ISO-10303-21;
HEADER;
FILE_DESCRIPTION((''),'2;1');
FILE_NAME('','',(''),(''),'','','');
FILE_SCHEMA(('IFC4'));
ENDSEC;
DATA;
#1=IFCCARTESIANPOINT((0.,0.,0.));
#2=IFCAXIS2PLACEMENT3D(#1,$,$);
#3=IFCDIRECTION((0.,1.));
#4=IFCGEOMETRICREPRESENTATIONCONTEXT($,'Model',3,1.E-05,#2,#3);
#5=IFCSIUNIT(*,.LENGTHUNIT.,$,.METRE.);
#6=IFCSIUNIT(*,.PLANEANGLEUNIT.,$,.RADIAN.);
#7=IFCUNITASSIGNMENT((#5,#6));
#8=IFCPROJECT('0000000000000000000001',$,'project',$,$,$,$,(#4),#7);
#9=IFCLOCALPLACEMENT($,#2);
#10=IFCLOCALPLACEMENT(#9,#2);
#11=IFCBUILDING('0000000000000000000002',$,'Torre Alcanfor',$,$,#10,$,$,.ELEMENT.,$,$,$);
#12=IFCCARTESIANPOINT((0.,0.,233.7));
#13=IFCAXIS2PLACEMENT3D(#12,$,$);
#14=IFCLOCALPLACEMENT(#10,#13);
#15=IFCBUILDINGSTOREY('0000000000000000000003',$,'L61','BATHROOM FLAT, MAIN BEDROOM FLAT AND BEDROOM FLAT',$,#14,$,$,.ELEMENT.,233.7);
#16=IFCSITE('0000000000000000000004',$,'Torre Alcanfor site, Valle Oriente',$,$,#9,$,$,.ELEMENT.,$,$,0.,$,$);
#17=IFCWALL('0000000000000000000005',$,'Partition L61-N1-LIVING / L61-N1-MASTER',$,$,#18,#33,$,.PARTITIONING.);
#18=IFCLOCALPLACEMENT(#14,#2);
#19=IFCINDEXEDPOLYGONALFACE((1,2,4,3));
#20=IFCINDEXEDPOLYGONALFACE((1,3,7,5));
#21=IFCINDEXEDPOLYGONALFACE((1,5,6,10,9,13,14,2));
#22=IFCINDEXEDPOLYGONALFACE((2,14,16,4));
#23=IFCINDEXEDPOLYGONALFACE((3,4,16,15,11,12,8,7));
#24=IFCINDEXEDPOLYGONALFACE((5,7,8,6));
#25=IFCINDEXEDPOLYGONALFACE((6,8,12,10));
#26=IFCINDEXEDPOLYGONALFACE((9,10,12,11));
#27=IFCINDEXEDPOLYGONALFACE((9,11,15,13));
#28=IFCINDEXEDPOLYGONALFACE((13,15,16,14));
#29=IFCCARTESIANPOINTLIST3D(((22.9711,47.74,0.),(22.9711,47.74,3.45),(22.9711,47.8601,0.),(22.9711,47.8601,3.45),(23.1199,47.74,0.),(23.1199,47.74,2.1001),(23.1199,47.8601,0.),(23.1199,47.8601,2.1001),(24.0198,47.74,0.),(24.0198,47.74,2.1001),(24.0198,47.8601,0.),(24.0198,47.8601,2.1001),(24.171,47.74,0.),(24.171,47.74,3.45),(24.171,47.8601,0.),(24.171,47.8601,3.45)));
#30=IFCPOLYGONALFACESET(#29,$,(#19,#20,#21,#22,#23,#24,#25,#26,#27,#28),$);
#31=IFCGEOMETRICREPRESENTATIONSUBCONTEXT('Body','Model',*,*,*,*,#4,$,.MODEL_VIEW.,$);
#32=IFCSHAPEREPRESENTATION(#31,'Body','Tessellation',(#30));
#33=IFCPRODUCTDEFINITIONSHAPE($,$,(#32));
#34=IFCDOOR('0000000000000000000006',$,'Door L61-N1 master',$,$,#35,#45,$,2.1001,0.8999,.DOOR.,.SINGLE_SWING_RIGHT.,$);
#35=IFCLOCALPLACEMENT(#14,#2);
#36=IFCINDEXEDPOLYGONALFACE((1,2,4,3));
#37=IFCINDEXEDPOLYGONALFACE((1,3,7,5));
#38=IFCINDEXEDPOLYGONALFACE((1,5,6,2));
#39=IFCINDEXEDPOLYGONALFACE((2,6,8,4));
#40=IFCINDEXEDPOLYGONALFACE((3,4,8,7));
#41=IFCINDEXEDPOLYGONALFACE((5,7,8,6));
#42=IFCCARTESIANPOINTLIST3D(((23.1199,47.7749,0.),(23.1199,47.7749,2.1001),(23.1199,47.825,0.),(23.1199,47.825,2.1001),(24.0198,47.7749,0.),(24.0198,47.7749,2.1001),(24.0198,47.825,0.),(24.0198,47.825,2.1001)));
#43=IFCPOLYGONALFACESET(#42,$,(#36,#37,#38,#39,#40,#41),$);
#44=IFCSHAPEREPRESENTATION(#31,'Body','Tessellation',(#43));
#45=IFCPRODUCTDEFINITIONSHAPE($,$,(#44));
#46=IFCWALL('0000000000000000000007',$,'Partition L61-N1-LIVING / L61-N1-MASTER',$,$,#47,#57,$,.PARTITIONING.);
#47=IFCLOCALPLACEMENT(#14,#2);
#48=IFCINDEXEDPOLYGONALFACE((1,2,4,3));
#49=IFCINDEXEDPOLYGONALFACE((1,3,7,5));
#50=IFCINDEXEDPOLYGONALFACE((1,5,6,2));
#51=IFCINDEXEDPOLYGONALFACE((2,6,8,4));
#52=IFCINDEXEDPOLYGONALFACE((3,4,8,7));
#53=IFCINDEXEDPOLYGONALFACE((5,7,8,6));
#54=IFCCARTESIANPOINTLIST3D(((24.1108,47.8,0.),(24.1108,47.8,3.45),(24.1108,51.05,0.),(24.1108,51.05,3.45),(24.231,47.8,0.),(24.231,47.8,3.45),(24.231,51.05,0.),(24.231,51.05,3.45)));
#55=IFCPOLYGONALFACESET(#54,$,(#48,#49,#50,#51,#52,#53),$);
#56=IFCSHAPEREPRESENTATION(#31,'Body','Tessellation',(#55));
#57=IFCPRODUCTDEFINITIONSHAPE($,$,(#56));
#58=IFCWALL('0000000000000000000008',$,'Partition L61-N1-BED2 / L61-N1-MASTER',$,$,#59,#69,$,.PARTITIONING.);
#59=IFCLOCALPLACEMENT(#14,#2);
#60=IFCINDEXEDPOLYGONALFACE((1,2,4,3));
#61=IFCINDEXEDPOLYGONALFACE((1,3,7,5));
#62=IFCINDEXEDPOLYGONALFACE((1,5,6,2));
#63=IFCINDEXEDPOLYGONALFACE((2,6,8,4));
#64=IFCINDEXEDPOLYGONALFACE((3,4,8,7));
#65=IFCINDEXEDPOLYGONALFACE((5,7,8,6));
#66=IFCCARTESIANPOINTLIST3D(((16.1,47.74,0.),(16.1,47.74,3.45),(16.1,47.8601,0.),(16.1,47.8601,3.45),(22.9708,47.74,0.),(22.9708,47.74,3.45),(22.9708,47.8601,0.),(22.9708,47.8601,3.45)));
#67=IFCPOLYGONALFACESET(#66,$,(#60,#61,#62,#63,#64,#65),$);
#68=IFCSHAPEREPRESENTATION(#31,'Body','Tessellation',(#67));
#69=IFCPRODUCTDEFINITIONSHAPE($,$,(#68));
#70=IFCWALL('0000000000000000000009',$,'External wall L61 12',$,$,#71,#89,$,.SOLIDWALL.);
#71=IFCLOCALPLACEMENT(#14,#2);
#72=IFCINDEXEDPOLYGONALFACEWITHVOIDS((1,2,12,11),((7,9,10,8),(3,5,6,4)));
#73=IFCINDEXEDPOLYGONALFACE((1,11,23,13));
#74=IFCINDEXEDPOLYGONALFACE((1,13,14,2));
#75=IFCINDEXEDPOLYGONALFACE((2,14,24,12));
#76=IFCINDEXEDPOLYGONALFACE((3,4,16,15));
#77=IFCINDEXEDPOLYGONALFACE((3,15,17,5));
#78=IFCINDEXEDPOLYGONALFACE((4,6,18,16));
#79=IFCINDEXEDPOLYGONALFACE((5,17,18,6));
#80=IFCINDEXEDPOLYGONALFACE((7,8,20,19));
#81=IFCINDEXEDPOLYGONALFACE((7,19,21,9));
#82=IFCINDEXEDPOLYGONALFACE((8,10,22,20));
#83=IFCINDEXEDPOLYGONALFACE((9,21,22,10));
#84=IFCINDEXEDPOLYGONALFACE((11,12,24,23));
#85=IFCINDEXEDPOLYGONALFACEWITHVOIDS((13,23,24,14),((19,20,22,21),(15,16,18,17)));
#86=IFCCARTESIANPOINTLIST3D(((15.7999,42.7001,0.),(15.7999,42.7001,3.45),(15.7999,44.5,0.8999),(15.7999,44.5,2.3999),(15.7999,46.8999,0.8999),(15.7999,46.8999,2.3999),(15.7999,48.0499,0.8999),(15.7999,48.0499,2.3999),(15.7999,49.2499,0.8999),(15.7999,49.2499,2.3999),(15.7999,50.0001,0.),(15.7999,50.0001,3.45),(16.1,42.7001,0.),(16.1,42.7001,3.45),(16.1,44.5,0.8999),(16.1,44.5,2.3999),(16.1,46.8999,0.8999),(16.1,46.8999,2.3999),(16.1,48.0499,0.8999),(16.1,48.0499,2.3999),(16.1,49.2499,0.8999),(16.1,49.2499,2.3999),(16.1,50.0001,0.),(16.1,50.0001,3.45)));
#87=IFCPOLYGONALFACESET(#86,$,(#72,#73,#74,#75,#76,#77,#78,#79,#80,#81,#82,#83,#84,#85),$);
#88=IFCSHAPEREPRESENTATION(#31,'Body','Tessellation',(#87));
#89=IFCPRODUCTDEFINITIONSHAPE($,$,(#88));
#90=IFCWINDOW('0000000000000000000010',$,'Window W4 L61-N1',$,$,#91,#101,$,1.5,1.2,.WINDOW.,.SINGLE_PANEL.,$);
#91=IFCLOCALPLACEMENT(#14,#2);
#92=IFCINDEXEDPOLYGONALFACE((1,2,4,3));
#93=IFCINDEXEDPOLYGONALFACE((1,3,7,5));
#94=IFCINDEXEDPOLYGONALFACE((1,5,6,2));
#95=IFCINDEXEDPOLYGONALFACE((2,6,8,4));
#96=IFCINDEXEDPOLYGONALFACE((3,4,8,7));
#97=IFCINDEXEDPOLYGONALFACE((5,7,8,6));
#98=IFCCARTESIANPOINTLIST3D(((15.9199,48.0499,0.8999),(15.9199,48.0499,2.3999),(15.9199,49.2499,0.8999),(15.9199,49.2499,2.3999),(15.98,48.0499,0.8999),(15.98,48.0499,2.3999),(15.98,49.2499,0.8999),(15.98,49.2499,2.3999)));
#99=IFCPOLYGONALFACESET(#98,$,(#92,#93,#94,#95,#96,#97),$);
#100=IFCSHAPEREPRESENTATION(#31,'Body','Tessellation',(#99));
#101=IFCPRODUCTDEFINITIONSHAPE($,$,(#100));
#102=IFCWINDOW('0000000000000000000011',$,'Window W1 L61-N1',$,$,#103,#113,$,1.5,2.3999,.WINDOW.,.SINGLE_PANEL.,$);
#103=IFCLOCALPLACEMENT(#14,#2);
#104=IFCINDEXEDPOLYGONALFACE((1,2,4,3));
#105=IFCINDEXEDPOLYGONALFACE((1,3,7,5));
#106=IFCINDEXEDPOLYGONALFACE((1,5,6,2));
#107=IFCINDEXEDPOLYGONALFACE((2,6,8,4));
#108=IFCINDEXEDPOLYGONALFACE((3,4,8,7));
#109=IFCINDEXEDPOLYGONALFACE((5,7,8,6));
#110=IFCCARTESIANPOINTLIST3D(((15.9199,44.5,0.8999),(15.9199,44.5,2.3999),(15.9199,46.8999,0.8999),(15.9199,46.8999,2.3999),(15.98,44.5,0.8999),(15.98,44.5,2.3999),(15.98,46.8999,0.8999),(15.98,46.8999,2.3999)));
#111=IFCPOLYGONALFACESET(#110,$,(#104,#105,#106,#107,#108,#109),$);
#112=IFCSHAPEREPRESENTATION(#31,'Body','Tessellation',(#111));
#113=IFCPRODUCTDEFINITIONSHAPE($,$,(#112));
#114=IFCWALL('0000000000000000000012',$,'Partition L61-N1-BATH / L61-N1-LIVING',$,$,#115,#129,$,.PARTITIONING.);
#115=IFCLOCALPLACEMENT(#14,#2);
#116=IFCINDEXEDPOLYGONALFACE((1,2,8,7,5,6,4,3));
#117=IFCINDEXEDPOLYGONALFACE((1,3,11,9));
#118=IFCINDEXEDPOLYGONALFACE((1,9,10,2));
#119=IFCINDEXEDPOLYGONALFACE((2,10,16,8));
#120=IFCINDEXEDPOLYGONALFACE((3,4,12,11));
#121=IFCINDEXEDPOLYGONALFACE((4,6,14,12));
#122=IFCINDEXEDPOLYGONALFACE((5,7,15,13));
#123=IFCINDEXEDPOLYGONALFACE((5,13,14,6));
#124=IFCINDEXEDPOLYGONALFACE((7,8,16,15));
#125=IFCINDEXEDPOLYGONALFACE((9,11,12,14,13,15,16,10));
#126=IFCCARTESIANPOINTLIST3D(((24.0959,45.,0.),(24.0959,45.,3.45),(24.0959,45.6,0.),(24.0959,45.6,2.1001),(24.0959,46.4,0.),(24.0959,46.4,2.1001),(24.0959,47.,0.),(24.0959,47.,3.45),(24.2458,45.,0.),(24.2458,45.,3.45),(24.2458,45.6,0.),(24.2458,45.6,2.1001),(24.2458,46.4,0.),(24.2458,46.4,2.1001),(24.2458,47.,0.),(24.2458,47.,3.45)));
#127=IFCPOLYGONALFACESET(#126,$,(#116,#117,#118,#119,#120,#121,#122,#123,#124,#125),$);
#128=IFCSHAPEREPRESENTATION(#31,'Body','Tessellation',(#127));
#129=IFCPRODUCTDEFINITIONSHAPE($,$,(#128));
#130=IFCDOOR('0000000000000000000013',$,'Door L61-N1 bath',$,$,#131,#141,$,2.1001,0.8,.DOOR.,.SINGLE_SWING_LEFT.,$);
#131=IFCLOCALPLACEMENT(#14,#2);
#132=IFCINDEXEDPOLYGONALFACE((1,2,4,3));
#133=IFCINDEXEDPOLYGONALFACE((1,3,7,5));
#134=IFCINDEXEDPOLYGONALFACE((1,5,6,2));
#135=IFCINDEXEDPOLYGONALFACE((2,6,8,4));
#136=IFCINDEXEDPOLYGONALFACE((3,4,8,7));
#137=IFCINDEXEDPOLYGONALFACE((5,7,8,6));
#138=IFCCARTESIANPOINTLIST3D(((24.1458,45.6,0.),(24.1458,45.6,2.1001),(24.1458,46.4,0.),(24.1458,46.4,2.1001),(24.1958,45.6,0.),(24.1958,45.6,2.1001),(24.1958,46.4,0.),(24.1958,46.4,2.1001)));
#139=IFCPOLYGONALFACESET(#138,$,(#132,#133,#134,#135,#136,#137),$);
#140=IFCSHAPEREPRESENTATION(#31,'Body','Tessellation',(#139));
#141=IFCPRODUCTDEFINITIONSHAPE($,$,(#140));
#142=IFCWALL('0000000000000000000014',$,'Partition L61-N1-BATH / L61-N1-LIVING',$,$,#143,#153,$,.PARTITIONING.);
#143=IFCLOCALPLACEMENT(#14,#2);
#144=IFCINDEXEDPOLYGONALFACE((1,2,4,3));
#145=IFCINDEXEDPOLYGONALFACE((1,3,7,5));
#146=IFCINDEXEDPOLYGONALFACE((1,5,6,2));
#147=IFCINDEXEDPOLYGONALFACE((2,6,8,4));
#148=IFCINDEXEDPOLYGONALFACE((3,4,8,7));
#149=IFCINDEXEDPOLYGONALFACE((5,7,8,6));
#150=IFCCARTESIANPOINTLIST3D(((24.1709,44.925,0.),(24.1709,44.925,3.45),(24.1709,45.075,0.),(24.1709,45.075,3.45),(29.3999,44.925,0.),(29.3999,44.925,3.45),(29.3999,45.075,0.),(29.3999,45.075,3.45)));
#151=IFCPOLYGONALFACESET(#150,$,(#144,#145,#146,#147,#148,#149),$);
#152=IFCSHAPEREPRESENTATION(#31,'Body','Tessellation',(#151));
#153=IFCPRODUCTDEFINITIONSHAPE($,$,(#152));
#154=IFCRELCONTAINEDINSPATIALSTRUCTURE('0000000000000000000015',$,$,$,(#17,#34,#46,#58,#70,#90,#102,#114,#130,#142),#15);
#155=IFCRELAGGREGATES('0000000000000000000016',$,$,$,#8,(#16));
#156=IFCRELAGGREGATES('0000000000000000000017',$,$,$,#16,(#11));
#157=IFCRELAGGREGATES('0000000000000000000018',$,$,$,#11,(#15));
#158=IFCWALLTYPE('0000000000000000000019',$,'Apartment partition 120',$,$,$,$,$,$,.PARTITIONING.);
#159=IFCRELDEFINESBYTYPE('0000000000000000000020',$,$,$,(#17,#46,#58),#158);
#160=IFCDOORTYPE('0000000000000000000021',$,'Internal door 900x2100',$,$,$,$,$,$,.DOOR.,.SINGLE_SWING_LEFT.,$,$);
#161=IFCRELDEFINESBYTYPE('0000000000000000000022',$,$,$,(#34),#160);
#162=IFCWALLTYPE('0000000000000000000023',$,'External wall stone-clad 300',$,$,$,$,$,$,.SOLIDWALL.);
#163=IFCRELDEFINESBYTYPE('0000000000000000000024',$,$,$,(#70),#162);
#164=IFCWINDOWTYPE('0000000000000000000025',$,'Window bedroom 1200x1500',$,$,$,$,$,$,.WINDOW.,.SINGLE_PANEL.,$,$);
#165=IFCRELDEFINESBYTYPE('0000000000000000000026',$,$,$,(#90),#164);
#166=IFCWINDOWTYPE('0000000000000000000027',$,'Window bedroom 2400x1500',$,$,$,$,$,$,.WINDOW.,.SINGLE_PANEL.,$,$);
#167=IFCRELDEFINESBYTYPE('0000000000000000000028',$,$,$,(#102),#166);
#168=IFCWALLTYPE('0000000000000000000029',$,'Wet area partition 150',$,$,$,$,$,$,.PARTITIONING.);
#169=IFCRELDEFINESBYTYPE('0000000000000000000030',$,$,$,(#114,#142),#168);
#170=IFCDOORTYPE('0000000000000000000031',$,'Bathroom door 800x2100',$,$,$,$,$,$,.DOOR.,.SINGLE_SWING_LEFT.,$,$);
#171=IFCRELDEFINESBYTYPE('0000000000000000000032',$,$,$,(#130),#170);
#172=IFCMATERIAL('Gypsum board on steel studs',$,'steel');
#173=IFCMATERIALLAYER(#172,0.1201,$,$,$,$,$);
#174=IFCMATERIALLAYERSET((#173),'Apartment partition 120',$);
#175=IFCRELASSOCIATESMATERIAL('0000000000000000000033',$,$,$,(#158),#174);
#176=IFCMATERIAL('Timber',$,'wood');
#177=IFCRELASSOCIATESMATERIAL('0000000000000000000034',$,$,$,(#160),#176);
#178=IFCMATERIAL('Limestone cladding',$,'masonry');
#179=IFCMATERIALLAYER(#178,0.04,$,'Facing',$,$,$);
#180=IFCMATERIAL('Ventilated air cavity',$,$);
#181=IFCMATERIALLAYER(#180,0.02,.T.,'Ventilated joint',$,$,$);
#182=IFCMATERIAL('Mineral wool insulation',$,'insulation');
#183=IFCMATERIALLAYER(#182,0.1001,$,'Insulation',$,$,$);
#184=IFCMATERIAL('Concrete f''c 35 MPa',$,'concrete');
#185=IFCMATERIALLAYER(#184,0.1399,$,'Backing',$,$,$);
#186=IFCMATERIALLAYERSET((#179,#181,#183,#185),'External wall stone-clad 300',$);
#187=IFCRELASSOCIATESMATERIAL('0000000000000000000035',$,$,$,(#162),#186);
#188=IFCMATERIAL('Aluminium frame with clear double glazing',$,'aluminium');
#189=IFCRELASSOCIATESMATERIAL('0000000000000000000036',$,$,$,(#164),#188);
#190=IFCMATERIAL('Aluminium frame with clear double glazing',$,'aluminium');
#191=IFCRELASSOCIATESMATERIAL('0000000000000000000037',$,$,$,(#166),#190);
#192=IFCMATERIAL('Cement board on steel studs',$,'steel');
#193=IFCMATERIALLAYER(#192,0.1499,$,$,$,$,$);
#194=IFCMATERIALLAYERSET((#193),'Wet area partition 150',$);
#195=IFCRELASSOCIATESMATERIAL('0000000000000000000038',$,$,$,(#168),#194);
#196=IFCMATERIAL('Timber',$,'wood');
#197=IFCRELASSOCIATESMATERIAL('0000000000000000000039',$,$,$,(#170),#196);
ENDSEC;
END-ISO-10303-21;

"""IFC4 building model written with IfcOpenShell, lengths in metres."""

from ifc_helpers import new_model, si_unit, direction, frame, frame_2d, origin, place, context, subcontext, project, spatial, rectangle, extrude, material, layer, layer_set, type_object, element, fill, save


model = new_model("IFC4")

# Units and contexts
model_context = context("Model", 3, precision=1e-05, world=origin(), true_north=direction((0.0, 1.0)))
body_context = subcontext(model_context, "Body", "Model", "MODEL_VIEW")
ifc_project = project(units=[si_unit("LENGTHUNIT", "METRE"), si_unit("PLANEANGLEUNIT", "RADIAN")], contexts=[model_context])

# Site, building, storey
site_placement = place(None, origin())
site = spatial("IfcSite", under=ifc_project, at=site_placement, Name="Torre Alcanfor site, Valle Oriente", CompositionType="ELEMENT", RefElevation=0.0)
building_placement = place(site_placement, origin())
building = spatial("IfcBuilding", under=site, at=building_placement, Name="Torre Alcanfor", CompositionType="ELEMENT")
storey_placement = place(building_placement, frame((0.0, 0.0, 233.7)))
storey = spatial("IfcBuildingStorey", under=building, at=storey_placement, Name="L61", Description="BATHROOM FLAT, MAIN BEDROOM FLAT AND BEDROOM FLAT", CompositionType="ELEMENT", Elevation=233.7)

# Wall, opening, door
ifc_material_1 = material(Name="Gypsum board on steel studs", Category="steel")
ifc_layer_1 = layer(ifc_material_1, 0.1201)
ifc_layer_set_1 = layer_set([ifc_layer_1], Name="Apartment partition 120")
wall_type_1 = type_object("IfcWallType", Name="Apartment partition 120", PredefinedType="PARTITIONING", material=ifc_layer_set_1)
ifc_material_2 = material(Name="Timber", Category="wood")
door_type_1 = type_object("IfcDoorType", Name="Internal door 900x2100", OperationType="SINGLE_SWING_LEFT", PredefinedType="DOOR", material=ifc_material_2)
wall_1_placement = place(storey_placement, frame((22.9709, 47.8, 0.0), z_axis=(0.0, 0.0, 1.0), x_axis=(1.0, 0.0, 0.0)))
wall_1 = element("IfcWall", 1, at=wall_1_placement, inside=storey, type_object=wall_type_1, Name="Partition L61-N1-LIVING / L61-N1-MASTER", PredefinedType="PARTITIONING", context=body_context, shape_type="SweptSolid", body=[
    extrude(rectangle(XDim=1.2, YDim=0.1201, at=frame_2d((0.6001, 0.0))), origin(), (0.0, 0.0, 1.0), 3.45),
])
opening_1_placement = place(wall_1_placement, frame((0.1489, 0.0, 0.0)))
opening_1 = element("IfcOpeningElement", 2, at=opening_1_placement, cuts=wall_1, PredefinedType="OPENING", context=body_context, shape_type="SweptSolid", body=[
    extrude(rectangle(XDim=0.8999, YDim=2.1001, at=frame_2d((0.45, 1.05))), frame((0.0, 0.0701, 0.0), z_axis=(0.0, -1.0, 0.0), x_axis=(1.0, 0.0, 0.0)), (0.0, 0.0, 1.0), 0.1401),
])
door_1_placement = place(opening_1_placement, origin())
door_1 = element("IfcDoor", 3, at=door_1_placement, inside=storey, type_object=door_type_1, Name="Door L61-N1 master", OperationType="SINGLE_SWING_RIGHT", OverallHeight=2.1001, OverallWidth=0.8999, PredefinedType="DOOR", context=body_context, shape_type="SweptSolid", body=[
    extrude(rectangle(XDim=0.8999, YDim=2.1001, at=frame_2d((0.45, 1.05))), frame((0.0, 0.0249, 0.0), z_axis=(0.0, -1.0, 0.0), x_axis=(1.0, 0.0, 0.0)), (0.0, 0.0, 1.0), 0.05),
])
fill(opening_1, door_1)

# Walls
wall_2_placement = place(storey_placement, frame((24.1709, 47.8, 0.0), z_axis=(0.0, 0.0, 1.0), x_axis=(0.0, 1.0, 0.0)))
element("IfcWall", 4, at=wall_2_placement, inside=storey, type_object=wall_type_1, Name="Partition L61-N1-LIVING / L61-N1-MASTER", PredefinedType="PARTITIONING", context=body_context, shape_type="SweptSolid", body=[
    extrude(rectangle(XDim=3.25, YDim=0.1201, at=frame_2d((1.625, 0.0))), origin(), (0.0, 0.0, 1.0), 3.45),
])
wall_3_placement = place(storey_placement, frame((22.9709, 47.8, 0.0), z_axis=(0.0, 0.0, 1.0), x_axis=(-1.0, 0.0, 0.0)))
element("IfcWall", 5, at=wall_3_placement, inside=storey, type_object=wall_type_1, Name="Partition L61-N1-BED2 / L61-N1-MASTER", PredefinedType="PARTITIONING", context=body_context, shape_type="SweptSolid", body=[
    extrude(rectangle(XDim=6.8708, YDim=0.1201, at=frame_2d((3.4355, 0.0))), origin(), (0.0, 0.0, 1.0), 3.45),
])

# Wall, openings, windows
ifc_material_3 = material(Name="Limestone cladding", Category="masonry")
ifc_layer_2 = layer(ifc_material_3, 0.04, Name="Facing")
ifc_material_4 = material(Name="Ventilated air cavity")
ifc_layer_3 = layer(ifc_material_4, 0.02, ventilated=True, Name="Ventilated joint")
ifc_material_5 = material(Name="Mineral wool insulation", Category="insulation")
ifc_layer_4 = layer(ifc_material_5, 0.1001, Name="Insulation")
ifc_material_6 = material(Name="Concrete f'c 35 MPa", Category="concrete")
ifc_layer_5 = layer(ifc_material_6, 0.1399, Name="Backing")
ifc_layer_set_2 = layer_set([ifc_layer_2, ifc_layer_3, ifc_layer_4, ifc_layer_5], Name="External wall stone-clad 300")
wall_type_2 = type_object("IfcWallType", Name="External wall stone-clad 300", PredefinedType="SOLIDWALL", material=ifc_layer_set_2)
wall_4_placement = place(storey_placement, frame((15.95, 50.0, 0.0), z_axis=(0.0, 0.0, 1.0), x_axis=(0.0, -1.0, 0.0)))
wall_4 = element("IfcWall", 6, at=wall_4_placement, inside=storey, type_object=wall_type_2, Name="External wall L61 12", PredefinedType="SOLIDWALL", context=body_context, shape_type="SweptSolid", body=[
    extrude(rectangle(XDim=7.3, YDim=0.3, at=frame_2d((3.6499, 0.0))), origin(), (0.0, 0.0, 1.0), 3.45),
])
opening_2_placement = place(wall_4_placement, frame((3.1001, 0.0, 0.8999)))
opening_2 = element("IfcOpeningElement", 7, at=opening_2_placement, cuts=wall_4, PredefinedType="OPENING", context=body_context, shape_type="SweptSolid", body=[
    extrude(rectangle(XDim=2.3999, YDim=1.5, at=frame_2d((1.2, 0.75))), frame((0.0, 0.1599, 0.0), z_axis=(0.0, -1.0, 0.0), x_axis=(1.0, 0.0, 0.0)), (0.0, 0.0, 1.0), 0.3201),
])
opening_3_placement = place(wall_4_placement, frame((0.75, 0.0, 0.8999)))
opening_3 = element("IfcOpeningElement", 8, at=opening_3_placement, cuts=wall_4, PredefinedType="OPENING", context=body_context, shape_type="SweptSolid", body=[
    extrude(rectangle(XDim=1.2, YDim=1.5, at=frame_2d((0.6001, 0.75))), frame((0.0, 0.1599, 0.0), z_axis=(0.0, -1.0, 0.0), x_axis=(1.0, 0.0, 0.0)), (0.0, 0.0, 1.0), 0.3201),
])
ifc_material_7 = material(Name="Aluminium frame with clear double glazing", Category="aluminium")
window_type_1 = type_object("IfcWindowType", Name="Window bedroom 1200x1500", PartitioningType="SINGLE_PANEL", PredefinedType="WINDOW", material=ifc_material_7)
window_1_placement = place(opening_3_placement, origin())
window_1 = element("IfcWindow", 9, at=window_1_placement, inside=storey, type_object=window_type_1, Name="Window W4 L61-N1", OverallHeight=1.5, OverallWidth=1.2, PartitioningType="SINGLE_PANEL", PredefinedType="WINDOW", context=body_context, shape_type="SweptSolid", body=[
    extrude(rectangle(XDim=1.2, YDim=1.5, at=frame_2d((0.6001, 0.75))), frame((0.0, 0.03, 0.0), z_axis=(0.0, -1.0, 0.0), x_axis=(1.0, 0.0, 0.0)), (0.0, 0.0, 1.0), 0.0601),
])
fill(opening_3, window_1)
ifc_material_8 = material(Name="Aluminium frame with clear double glazing", Category="aluminium")
window_type_2 = type_object("IfcWindowType", Name="Window bedroom 2400x1500", PartitioningType="SINGLE_PANEL", PredefinedType="WINDOW", material=ifc_material_8)
window_2_placement = place(opening_2_placement, origin())
window_2 = element("IfcWindow", 10, at=window_2_placement, inside=storey, type_object=window_type_2, Name="Window W1 L61-N1", OverallHeight=1.5, OverallWidth=2.3999, PartitioningType="SINGLE_PANEL", PredefinedType="WINDOW", context=body_context, shape_type="SweptSolid", body=[
    extrude(rectangle(XDim=2.3999, YDim=1.5, at=frame_2d((1.2, 0.75))), frame((0.0, 0.03, 0.0), z_axis=(0.0, -1.0, 0.0), x_axis=(1.0, 0.0, 0.0)), (0.0, 0.0, 1.0), 0.0601),
])
fill(opening_2, window_2)

# Wall, opening, door
ifc_material_9 = material(Name="Cement board on steel studs", Category="steel")
ifc_layer_6 = layer(ifc_material_9, 0.1499)
ifc_layer_set_3 = layer_set([ifc_layer_6], Name="Wet area partition 150")
wall_type_3 = type_object("IfcWallType", Name="Wet area partition 150", PredefinedType="PARTITIONING", material=ifc_layer_set_3)
wall_5_placement = place(storey_placement, frame((24.1709, 47.0, 0.0), z_axis=(0.0, 0.0, 1.0), x_axis=(0.0, -1.0, 0.0)))
wall_5 = element("IfcWall", 11, at=wall_5_placement, inside=storey, type_object=wall_type_3, Name="Partition L61-N1-BATH / L61-N1-LIVING", PredefinedType="PARTITIONING", context=body_context, shape_type="SweptSolid", body=[
    extrude(rectangle(XDim=2.0, YDim=0.1499, at=frame_2d((1.0, 0.0))), origin(), (0.0, 0.0, 1.0), 3.45),
])
opening_4_placement = place(wall_5_placement, frame((0.6001, 0.0, 0.0)))
opening_4 = element("IfcOpeningElement", 12, at=opening_4_placement, cuts=wall_5, PredefinedType="OPENING", context=body_context, shape_type="SweptSolid", body=[
    extrude(rectangle(XDim=0.8, YDim=2.1001, at=frame_2d((0.3999, 1.05))), frame((0.0, 0.085, 0.0), z_axis=(0.0, -1.0, 0.0), x_axis=(1.0, 0.0, 0.0)), (0.0, 0.0, 1.0), 0.1699),
])
ifc_material_10 = material(Name="Timber", Category="wood")
door_type_2 = type_object("IfcDoorType", Name="Bathroom door 800x2100", OperationType="SINGLE_SWING_LEFT", PredefinedType="DOOR", material=ifc_material_10)
door_2_placement = place(opening_4_placement, origin())
door_2 = element("IfcDoor", 13, at=door_2_placement, inside=storey, type_object=door_type_2, Name="Door L61-N1 bath", OperationType="SINGLE_SWING_LEFT", OverallHeight=2.1001, OverallWidth=0.8, PredefinedType="DOOR", context=body_context, shape_type="SweptSolid", body=[
    extrude(rectangle(XDim=0.8, YDim=2.1001, at=frame_2d((0.3999, 1.05))), frame((0.0, 0.0249, 0.0), z_axis=(0.0, -1.0, 0.0), x_axis=(1.0, 0.0, 0.0)), (0.0, 0.0, 1.0), 0.05),
])
fill(opening_4, door_2)

# Wall
wall_6_placement = place(storey_placement, frame((24.1709, 45.0, 0.0), z_axis=(0.0, 0.0, 1.0), x_axis=(1.0, 0.0, 0.0)))
element("IfcWall", 14, at=wall_6_placement, inside=storey, type_object=wall_type_3, Name="Partition L61-N1-BATH / L61-N1-LIVING", PredefinedType="PARTITIONING", context=body_context, shape_type="SweptSolid", body=[
    extrude(rectangle(XDim=5.229, YDim=0.1499, at=frame_2d((2.6145, 0.0))), origin(), (0.0, 0.0, 1.0), 3.45),
])

save(model, "model.ifc")
